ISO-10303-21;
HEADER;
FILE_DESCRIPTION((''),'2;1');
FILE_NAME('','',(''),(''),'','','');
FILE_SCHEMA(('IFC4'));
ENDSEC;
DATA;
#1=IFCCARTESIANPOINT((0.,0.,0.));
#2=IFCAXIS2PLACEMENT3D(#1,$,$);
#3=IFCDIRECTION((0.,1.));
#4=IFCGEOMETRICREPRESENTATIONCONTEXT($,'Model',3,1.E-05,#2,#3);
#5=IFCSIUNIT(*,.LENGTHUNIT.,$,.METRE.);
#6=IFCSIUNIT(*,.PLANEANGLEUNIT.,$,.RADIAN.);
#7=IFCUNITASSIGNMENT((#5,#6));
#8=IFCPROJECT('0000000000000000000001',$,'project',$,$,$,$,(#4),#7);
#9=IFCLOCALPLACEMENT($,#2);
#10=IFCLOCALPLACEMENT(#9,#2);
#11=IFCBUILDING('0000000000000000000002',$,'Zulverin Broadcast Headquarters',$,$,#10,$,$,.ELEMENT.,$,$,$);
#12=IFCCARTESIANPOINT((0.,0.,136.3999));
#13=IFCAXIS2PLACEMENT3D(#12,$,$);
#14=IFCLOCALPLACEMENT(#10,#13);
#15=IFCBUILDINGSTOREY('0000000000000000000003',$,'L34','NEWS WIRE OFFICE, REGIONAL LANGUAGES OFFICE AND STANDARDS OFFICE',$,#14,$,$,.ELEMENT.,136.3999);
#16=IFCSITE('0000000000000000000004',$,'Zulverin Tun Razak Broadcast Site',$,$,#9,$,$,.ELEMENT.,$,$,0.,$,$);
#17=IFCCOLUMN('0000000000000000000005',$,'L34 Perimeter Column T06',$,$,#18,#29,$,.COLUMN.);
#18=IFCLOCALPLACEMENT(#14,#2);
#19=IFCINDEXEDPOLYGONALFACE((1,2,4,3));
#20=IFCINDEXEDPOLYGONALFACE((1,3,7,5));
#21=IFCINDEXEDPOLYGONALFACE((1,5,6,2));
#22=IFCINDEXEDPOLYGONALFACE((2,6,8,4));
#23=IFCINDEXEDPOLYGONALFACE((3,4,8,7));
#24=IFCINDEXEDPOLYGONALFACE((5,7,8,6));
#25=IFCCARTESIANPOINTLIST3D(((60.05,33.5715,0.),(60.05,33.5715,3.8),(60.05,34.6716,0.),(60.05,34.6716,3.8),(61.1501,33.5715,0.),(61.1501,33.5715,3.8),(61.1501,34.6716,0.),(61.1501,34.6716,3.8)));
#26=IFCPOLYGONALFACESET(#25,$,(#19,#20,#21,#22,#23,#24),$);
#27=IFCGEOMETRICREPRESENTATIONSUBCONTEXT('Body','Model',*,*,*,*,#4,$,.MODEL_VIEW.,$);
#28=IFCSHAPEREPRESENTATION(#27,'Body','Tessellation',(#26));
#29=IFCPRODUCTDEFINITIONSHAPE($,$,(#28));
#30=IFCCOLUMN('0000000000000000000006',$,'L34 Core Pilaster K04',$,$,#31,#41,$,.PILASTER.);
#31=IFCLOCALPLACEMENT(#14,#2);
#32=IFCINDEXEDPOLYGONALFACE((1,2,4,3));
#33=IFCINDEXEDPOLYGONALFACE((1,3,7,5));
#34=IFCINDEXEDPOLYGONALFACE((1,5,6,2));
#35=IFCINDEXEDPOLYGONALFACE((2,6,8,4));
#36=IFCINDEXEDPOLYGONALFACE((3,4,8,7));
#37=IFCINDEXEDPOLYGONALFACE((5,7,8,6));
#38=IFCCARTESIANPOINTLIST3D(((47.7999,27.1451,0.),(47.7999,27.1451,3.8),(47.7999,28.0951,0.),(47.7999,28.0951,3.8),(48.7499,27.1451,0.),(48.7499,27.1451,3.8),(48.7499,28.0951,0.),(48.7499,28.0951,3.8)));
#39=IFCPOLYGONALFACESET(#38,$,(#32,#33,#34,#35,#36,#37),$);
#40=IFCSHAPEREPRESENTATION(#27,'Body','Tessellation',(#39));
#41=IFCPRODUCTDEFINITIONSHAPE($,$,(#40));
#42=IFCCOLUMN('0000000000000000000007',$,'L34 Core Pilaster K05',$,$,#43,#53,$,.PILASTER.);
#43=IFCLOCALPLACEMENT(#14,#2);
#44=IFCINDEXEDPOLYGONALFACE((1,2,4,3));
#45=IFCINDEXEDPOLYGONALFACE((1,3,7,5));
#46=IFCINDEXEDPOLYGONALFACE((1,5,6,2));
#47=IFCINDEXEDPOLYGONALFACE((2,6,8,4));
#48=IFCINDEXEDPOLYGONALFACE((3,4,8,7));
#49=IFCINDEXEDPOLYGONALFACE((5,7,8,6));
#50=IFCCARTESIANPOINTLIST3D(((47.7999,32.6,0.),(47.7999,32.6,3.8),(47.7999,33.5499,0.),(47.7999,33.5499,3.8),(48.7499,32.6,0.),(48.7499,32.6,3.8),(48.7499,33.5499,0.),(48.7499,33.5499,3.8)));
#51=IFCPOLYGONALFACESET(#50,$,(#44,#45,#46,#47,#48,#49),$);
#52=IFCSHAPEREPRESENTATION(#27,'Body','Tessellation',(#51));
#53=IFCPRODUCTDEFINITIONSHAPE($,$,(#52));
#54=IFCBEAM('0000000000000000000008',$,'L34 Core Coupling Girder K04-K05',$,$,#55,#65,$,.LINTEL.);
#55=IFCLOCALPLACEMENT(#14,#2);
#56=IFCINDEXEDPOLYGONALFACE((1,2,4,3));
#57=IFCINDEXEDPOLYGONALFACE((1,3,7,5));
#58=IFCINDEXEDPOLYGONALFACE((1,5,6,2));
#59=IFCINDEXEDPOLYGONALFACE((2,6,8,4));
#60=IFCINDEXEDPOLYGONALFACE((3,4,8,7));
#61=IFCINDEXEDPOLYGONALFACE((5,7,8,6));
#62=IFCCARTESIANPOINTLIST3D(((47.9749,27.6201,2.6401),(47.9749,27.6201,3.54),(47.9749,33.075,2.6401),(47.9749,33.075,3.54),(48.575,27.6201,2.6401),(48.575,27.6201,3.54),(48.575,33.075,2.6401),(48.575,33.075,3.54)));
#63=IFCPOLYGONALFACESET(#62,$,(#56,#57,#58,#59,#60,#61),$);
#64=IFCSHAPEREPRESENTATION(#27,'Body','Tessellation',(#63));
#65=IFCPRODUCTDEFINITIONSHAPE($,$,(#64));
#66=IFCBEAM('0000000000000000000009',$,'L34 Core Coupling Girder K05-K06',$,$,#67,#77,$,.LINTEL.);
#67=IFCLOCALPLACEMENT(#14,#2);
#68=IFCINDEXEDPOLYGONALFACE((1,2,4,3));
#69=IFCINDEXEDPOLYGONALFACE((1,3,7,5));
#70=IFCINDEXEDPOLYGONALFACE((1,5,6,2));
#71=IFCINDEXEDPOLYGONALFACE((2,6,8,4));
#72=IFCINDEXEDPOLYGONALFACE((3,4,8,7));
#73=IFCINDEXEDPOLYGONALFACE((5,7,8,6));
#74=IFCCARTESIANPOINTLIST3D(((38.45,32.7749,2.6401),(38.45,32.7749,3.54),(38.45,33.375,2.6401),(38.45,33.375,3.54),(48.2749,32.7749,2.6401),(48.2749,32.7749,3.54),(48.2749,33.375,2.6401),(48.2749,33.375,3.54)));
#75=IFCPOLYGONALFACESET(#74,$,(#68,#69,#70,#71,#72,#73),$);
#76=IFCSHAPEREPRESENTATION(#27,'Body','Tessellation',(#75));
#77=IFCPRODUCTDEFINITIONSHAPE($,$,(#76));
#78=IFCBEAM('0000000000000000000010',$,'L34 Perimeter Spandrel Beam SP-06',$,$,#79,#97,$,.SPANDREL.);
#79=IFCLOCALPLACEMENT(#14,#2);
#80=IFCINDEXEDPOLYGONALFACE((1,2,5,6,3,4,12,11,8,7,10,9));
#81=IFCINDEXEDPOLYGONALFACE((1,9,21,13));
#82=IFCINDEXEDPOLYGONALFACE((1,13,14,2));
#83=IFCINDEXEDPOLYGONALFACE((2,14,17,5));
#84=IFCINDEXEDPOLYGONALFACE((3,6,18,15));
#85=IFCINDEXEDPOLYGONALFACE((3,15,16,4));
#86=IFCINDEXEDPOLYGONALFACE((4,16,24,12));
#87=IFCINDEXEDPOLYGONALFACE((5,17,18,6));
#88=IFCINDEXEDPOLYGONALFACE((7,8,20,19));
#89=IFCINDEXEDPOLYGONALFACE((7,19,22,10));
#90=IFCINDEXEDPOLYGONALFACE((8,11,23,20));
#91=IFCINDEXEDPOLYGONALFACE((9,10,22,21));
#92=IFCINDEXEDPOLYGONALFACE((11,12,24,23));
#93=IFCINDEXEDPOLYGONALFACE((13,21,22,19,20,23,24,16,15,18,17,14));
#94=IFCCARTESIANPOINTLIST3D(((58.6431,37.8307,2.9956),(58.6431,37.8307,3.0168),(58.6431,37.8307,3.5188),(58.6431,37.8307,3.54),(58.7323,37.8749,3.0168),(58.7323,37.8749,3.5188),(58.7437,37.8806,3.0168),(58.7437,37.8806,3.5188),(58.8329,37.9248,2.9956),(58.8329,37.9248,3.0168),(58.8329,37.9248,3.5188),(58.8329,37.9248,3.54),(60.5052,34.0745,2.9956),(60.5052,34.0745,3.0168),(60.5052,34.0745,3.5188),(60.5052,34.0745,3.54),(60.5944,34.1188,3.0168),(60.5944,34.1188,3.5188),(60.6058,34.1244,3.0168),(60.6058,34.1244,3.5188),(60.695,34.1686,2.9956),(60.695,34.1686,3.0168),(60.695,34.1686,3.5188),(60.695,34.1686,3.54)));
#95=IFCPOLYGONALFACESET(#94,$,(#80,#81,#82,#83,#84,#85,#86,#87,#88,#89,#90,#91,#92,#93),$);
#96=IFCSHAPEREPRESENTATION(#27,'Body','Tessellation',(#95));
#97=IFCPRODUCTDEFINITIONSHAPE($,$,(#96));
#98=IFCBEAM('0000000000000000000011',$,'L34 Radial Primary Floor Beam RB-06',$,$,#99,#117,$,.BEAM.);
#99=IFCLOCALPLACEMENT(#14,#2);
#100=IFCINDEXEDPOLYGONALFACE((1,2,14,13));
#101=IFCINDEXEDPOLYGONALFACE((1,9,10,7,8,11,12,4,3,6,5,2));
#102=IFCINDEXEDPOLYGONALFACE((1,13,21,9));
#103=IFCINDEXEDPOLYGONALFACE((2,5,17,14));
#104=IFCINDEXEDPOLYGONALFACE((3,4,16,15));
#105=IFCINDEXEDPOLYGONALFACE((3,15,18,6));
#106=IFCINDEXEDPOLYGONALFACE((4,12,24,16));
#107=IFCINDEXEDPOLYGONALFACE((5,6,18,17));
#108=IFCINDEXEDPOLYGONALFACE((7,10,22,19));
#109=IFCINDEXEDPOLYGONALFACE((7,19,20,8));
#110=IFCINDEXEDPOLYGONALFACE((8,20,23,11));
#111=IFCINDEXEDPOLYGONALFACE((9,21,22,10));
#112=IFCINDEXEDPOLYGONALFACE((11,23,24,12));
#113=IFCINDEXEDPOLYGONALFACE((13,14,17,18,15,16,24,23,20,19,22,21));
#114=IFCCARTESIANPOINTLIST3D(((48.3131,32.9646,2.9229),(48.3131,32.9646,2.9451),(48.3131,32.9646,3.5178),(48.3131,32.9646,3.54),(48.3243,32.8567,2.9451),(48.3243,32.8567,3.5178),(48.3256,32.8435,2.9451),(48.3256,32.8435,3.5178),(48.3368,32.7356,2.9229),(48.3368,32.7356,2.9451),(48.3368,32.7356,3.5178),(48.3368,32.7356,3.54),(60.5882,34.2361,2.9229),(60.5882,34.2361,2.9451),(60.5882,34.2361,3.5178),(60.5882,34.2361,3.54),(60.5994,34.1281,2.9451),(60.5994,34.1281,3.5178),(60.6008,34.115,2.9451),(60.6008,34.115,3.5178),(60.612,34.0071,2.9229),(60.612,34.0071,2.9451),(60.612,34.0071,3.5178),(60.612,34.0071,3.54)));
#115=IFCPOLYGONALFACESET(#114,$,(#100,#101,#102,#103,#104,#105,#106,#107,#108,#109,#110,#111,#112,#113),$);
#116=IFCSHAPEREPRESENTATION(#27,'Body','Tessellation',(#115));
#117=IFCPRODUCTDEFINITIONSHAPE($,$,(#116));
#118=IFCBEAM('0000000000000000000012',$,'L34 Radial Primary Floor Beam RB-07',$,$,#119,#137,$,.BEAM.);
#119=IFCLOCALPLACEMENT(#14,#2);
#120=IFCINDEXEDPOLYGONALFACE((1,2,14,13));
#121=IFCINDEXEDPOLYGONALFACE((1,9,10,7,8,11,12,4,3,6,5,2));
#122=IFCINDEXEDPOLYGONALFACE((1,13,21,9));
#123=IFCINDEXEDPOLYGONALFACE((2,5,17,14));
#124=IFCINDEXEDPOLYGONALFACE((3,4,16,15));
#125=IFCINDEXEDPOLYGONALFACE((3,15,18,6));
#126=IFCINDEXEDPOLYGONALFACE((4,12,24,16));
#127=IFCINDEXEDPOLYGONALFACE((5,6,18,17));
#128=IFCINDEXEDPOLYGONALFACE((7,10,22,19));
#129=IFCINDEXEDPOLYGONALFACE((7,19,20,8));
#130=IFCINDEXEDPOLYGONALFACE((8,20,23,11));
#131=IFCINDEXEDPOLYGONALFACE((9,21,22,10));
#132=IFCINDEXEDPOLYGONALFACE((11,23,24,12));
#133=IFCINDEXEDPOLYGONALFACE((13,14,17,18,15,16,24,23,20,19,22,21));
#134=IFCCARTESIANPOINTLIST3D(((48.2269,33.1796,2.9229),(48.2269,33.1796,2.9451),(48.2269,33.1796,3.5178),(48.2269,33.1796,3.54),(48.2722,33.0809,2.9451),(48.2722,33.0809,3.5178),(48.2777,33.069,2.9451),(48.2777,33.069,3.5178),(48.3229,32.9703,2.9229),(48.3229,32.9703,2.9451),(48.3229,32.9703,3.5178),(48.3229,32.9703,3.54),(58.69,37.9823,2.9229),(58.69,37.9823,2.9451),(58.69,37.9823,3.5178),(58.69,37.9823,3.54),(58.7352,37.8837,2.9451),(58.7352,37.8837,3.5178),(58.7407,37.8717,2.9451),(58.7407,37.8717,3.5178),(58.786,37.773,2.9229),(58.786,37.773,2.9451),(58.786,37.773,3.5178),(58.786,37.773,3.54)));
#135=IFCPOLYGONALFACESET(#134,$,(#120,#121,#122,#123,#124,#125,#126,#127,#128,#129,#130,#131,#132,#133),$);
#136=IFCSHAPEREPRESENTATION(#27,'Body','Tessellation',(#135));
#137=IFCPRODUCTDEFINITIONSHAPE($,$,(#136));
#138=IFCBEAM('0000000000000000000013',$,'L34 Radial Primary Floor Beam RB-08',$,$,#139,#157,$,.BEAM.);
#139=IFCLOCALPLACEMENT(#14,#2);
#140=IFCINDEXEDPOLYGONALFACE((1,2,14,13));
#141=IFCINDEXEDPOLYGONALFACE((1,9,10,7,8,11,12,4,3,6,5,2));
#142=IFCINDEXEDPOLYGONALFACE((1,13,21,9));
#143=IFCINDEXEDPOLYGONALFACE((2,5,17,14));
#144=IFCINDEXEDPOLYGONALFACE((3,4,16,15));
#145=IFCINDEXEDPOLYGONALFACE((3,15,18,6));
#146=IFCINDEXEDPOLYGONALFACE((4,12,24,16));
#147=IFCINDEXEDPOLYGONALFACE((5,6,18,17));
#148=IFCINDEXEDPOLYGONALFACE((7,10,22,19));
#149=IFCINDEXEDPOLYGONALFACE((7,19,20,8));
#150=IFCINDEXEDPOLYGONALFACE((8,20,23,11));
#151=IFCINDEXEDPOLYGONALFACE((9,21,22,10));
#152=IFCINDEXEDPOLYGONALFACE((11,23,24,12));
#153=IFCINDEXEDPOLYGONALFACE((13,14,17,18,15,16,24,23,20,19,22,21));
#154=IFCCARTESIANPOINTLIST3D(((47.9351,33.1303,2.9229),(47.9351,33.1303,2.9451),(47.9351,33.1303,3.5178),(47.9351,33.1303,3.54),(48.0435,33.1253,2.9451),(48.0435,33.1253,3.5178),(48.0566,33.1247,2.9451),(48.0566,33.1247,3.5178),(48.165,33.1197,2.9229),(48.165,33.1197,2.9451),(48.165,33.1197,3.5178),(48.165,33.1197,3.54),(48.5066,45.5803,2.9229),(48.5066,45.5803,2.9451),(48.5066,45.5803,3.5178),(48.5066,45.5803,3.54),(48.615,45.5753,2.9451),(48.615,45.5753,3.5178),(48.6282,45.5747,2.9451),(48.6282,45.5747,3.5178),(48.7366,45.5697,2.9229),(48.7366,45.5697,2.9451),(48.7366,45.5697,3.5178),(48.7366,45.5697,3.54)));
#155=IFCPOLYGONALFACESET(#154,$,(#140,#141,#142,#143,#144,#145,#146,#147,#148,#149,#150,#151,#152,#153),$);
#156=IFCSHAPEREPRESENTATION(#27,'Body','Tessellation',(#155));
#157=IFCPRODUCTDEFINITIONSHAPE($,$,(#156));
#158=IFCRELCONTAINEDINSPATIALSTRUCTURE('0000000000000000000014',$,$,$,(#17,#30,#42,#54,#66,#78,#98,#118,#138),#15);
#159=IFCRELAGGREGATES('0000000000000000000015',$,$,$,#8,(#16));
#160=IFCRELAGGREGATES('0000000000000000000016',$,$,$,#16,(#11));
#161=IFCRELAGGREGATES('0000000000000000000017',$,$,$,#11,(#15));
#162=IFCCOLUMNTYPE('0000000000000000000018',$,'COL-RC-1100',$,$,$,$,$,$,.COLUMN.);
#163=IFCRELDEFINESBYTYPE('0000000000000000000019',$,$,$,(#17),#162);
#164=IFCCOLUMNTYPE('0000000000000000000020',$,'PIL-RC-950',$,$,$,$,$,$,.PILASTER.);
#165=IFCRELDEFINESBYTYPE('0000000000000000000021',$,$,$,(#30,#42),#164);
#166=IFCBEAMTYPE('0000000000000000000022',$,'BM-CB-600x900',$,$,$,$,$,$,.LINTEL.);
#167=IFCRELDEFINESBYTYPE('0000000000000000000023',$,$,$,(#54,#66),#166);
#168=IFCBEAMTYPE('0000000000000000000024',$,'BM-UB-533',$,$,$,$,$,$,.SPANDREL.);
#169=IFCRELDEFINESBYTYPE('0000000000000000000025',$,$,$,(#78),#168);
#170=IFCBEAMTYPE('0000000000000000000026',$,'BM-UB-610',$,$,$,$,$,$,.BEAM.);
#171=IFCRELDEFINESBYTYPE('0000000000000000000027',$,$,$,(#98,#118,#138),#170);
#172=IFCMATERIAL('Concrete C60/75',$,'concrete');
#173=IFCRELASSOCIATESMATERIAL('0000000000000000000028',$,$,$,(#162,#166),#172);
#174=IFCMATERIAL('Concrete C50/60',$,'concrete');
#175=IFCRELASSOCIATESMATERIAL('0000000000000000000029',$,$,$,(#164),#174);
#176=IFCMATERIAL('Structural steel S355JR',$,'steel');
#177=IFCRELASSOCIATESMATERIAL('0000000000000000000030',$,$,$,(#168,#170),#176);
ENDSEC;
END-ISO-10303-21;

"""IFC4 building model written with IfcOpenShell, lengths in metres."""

from ifc_helpers import new_model, si_unit, direction, frame, origin, origin_2d, place, context, subcontext, project, spatial, rectangle, i_section, extrude, material, material_profile, profile_set, type_object, element, save


model = new_model("IFC4")

# Units and contexts
model_context = context("Model", 3, precision=1e-05, world=origin(), true_north=direction((0.0, 1.0)))
body_context = subcontext(model_context, "Body", "Model", "MODEL_VIEW")
ifc_project = project(units=[si_unit("LENGTHUNIT", "METRE"), si_unit("PLANEANGLEUNIT", "RADIAN")], contexts=[model_context])

# Site, building, storey
site_placement = place(None, origin())
site = spatial("IfcSite", under=ifc_project, at=site_placement, Name="Zulverin Tun Razak Broadcast Site", CompositionType="ELEMENT", RefElevation=0.0)
building_placement = place(site_placement, origin())
building = spatial("IfcBuilding", under=site, at=building_placement, Name="Zulverin Broadcast Headquarters", CompositionType="ELEMENT")
storey_placement = place(building_placement, frame((0.0, 0.0, 136.3999)))
storey = spatial("IfcBuildingStorey", under=building, at=storey_placement, Name="L34", Description="NEWS WIRE OFFICE, REGIONAL LANGUAGES OFFICE AND STANDARDS OFFICE", CompositionType="ELEMENT", Elevation=136.3999)

# Columns
ifc_material_1 = material(Name="Concrete C60/75", Category="concrete")
ifc_material_profile_1 = material_profile(ifc_material_1, rectangle(XDim=1.1001, YDim=1.1001, at=origin_2d()), Name="Concrete C60/75", Category="concrete")
ifc_profile_set_1 = profile_set([ifc_material_profile_1], Name="Concrete C60/75")
column_type_1 = type_object("IfcColumnType", Name="COL-RC-1100", PredefinedType="COLUMN", material=ifc_profile_set_1)
column_placement = place(storey_placement, frame((60.6001, 34.1216, 0.0), z_axis=(0.0, 0.0, 1.0), x_axis=(1.0, 0.0, 0.0)))
element("IfcColumn", 1, at=column_placement, inside=storey, type_object=column_type_1, Name="L34 Perimeter Column T06", PredefinedType="COLUMN", context=body_context, shape_type="SweptSolid", body=[
    extrude(rectangle(XDim=1.1001, YDim=1.1001, at=origin_2d()), origin(), (0.0, 0.0, 1.0), 3.8),
])
ifc_material_2 = material(Name="Concrete C50/60", Category="concrete")
ifc_material_profile_2 = material_profile(ifc_material_2, rectangle(XDim=0.95, YDim=0.95, at=origin_2d()), Name="Concrete C50/60", Category="concrete")
ifc_profile_set_2 = profile_set([ifc_material_profile_2], Name="Concrete C50/60")
column_type_2 = type_object("IfcColumnType", Name="PIL-RC-950", PredefinedType="PILASTER", material=ifc_profile_set_2)
for number, where, z_axis, x_axis, name in (
    (2, (48.2749, 27.6201, 0.0), (0.0, 0.0, 1.0), (1.0, 0.0, 0.0), "L34 Core Pilaster K04"),
    (3, (48.2749, 33.075, 0.0), (0.0, 0.0, 1.0), (1.0, 0.0, 0.0), "L34 Core Pilaster K05"),
):
    element("IfcColumn", number, at=place(storey_placement, frame(where, z_axis=z_axis, x_axis=x_axis)), inside=storey, type_object=column_type_2, Name=name, PredefinedType="PILASTER", context=body_context, shape_type="SweptSolid", body=[
        extrude(rectangle(XDim=0.95, YDim=0.95, at=origin_2d()), origin(), (0.0, 0.0, 1.0), 3.8),
    ])

# Beams
ifc_material_profile_3 = material_profile(ifc_material_1, rectangle(XDim=0.6001, YDim=0.8999, at=origin_2d()), Name="Concrete C60/75", Category="concrete")
ifc_profile_set_3 = profile_set([ifc_material_profile_3], Name="Concrete C60/75")
beam_type_1 = type_object("IfcBeamType", Name="BM-CB-600x900", PredefinedType="LINTEL", material=ifc_profile_set_3)
beam_1_placement = place(storey_placement, frame((48.2749, 27.6201, 3.0901), z_axis=(0.0, 1.0, 0.0), x_axis=(-1.0, 0.0, 0.0)))
element("IfcBeam", 4, at=beam_1_placement, inside=storey, type_object=beam_type_1, Name="L34 Core Coupling Girder K04-K05", PredefinedType="LINTEL", context=body_context, shape_type="SweptSolid", body=[
    extrude(rectangle(XDim=0.6001, YDim=0.8999, at=origin_2d()), origin(), (0.0, 0.0, 1.0), 5.4548),
])
beam_2_placement = place(storey_placement, frame((48.2749, 33.075, 3.0901), z_axis=(-1.0, 0.0, 0.0), x_axis=(0.0, -1.0, 0.0)))
element("IfcBeam", 5, at=beam_2_placement, inside=storey, type_object=beam_type_1, Name="L34 Core Coupling Girder K05-K06", PredefinedType="LINTEL", context=body_context, shape_type="SweptSolid", body=[
    extrude(rectangle(XDim=0.6001, YDim=0.8999, at=origin_2d()), origin(), (0.0, 0.0, 1.0), 9.825),
])
ifc_material_3 = material(Name="Structural steel S355JR", Category="steel")
ifc_material_profile_4 = material_profile(ifc_material_3, i_section(OverallWidth=0.2119, OverallDepth=0.5444, WebThickness=0.0127, FlangeThickness=0.0212, at=origin_2d()), Name="Structural steel S355JR", Category="steel")
ifc_profile_set_4 = profile_set([ifc_material_profile_4], Name="Structural steel S355JR")
beam_type_2 = type_object("IfcBeamType", Name="BM-UB-533", PredefinedType="SPANDREL", material=ifc_profile_set_4)
beam_3_placement = place(storey_placement, frame((60.6001, 34.1216, 3.2678), z_axis=(-0.444159, 0.895948, 0.0), x_axis=(-0.895948, -0.444159, 0.0)))
element("IfcBeam", 6, at=beam_3_placement, inside=storey, type_object=beam_type_2, Name="L34 Perimeter Spandrel Beam SP-06", PredefinedType="SPANDREL", context=body_context, shape_type="SweptSolid", body=[
    extrude(i_section(OverallWidth=0.2119, OverallDepth=0.5444, WebThickness=0.0127, FlangeThickness=0.0212, at=origin_2d()), origin(), (0.0, 0.0, 1.0), 4.1924),
])
ifc_material_profile_5 = material_profile(ifc_material_3, i_section(OverallWidth=0.2302, OverallDepth=0.6172, WebThickness=0.0132, FlangeThickness=0.0222, at=origin_2d()), Name="Structural steel S355JR", Category="steel")
ifc_profile_set_5 = profile_set([ifc_material_profile_5], Name="Structural steel S355JR")
beam_type_3 = type_object("IfcBeamType", Name="BM-UB-610", PredefinedType="BEAM", material=ifc_profile_set_5)
beam_4_placement = place(storey_placement, frame((48.325, 32.8501, 3.2314), z_axis=(0.994678, 0.103031, 0.0), x_axis=(-0.103031, 0.994678, 0.0)))
element("IfcBeam", 7, at=beam_4_placement, inside=storey, type_object=beam_type_3, Name="L34 Radial Primary Floor Beam RB-06", PredefinedType="BEAM", context=body_context, shape_type="SweptSolid", body=[
    extrude(i_section(OverallWidth=0.2302, OverallDepth=0.6172, WebThickness=0.0132, FlangeThickness=0.0222, at=origin_2d()), origin(), (0.0, 0.0, 1.0), 12.3408),
])
beam_5_placement = place(storey_placement, frame((48.2749, 33.075, 3.2314), z_axis=(0.90883, 0.417167, 0.0), x_axis=(-0.417167, 0.90883, 0.0)))
element("IfcBeam", 8, at=beam_5_placement, inside=storey, type_object=beam_type_3, Name="L34 Radial Primary Floor Beam RB-07", PredefinedType="BEAM", context=body_context, shape_type="SweptSolid", body=[
    extrude(i_section(OverallWidth=0.2302, OverallDepth=0.6172, WebThickness=0.0132, FlangeThickness=0.0222, at=origin_2d()), origin(), (0.0, 0.0, 1.0), 11.5127),
])
beam_6_placement = place(storey_placement, frame((48.05, 33.125, 3.2314), z_axis=(0.045858, 0.998948, 0.0), x_axis=(-0.998948, 0.045858, 0.0)))
element("IfcBeam", 9, at=beam_6_placement, inside=storey, type_object=beam_type_3, Name="L34 Radial Primary Floor Beam RB-08", PredefinedType="BEAM", context=body_context, shape_type="SweptSolid", body=[
    extrude(i_section(OverallWidth=0.2302, OverallDepth=0.6172, WebThickness=0.0132, FlangeThickness=0.0222, at=origin_2d()), origin(), (0.0, 0.0, 1.0), 12.4631),
])

save(model, "model.ifc")
